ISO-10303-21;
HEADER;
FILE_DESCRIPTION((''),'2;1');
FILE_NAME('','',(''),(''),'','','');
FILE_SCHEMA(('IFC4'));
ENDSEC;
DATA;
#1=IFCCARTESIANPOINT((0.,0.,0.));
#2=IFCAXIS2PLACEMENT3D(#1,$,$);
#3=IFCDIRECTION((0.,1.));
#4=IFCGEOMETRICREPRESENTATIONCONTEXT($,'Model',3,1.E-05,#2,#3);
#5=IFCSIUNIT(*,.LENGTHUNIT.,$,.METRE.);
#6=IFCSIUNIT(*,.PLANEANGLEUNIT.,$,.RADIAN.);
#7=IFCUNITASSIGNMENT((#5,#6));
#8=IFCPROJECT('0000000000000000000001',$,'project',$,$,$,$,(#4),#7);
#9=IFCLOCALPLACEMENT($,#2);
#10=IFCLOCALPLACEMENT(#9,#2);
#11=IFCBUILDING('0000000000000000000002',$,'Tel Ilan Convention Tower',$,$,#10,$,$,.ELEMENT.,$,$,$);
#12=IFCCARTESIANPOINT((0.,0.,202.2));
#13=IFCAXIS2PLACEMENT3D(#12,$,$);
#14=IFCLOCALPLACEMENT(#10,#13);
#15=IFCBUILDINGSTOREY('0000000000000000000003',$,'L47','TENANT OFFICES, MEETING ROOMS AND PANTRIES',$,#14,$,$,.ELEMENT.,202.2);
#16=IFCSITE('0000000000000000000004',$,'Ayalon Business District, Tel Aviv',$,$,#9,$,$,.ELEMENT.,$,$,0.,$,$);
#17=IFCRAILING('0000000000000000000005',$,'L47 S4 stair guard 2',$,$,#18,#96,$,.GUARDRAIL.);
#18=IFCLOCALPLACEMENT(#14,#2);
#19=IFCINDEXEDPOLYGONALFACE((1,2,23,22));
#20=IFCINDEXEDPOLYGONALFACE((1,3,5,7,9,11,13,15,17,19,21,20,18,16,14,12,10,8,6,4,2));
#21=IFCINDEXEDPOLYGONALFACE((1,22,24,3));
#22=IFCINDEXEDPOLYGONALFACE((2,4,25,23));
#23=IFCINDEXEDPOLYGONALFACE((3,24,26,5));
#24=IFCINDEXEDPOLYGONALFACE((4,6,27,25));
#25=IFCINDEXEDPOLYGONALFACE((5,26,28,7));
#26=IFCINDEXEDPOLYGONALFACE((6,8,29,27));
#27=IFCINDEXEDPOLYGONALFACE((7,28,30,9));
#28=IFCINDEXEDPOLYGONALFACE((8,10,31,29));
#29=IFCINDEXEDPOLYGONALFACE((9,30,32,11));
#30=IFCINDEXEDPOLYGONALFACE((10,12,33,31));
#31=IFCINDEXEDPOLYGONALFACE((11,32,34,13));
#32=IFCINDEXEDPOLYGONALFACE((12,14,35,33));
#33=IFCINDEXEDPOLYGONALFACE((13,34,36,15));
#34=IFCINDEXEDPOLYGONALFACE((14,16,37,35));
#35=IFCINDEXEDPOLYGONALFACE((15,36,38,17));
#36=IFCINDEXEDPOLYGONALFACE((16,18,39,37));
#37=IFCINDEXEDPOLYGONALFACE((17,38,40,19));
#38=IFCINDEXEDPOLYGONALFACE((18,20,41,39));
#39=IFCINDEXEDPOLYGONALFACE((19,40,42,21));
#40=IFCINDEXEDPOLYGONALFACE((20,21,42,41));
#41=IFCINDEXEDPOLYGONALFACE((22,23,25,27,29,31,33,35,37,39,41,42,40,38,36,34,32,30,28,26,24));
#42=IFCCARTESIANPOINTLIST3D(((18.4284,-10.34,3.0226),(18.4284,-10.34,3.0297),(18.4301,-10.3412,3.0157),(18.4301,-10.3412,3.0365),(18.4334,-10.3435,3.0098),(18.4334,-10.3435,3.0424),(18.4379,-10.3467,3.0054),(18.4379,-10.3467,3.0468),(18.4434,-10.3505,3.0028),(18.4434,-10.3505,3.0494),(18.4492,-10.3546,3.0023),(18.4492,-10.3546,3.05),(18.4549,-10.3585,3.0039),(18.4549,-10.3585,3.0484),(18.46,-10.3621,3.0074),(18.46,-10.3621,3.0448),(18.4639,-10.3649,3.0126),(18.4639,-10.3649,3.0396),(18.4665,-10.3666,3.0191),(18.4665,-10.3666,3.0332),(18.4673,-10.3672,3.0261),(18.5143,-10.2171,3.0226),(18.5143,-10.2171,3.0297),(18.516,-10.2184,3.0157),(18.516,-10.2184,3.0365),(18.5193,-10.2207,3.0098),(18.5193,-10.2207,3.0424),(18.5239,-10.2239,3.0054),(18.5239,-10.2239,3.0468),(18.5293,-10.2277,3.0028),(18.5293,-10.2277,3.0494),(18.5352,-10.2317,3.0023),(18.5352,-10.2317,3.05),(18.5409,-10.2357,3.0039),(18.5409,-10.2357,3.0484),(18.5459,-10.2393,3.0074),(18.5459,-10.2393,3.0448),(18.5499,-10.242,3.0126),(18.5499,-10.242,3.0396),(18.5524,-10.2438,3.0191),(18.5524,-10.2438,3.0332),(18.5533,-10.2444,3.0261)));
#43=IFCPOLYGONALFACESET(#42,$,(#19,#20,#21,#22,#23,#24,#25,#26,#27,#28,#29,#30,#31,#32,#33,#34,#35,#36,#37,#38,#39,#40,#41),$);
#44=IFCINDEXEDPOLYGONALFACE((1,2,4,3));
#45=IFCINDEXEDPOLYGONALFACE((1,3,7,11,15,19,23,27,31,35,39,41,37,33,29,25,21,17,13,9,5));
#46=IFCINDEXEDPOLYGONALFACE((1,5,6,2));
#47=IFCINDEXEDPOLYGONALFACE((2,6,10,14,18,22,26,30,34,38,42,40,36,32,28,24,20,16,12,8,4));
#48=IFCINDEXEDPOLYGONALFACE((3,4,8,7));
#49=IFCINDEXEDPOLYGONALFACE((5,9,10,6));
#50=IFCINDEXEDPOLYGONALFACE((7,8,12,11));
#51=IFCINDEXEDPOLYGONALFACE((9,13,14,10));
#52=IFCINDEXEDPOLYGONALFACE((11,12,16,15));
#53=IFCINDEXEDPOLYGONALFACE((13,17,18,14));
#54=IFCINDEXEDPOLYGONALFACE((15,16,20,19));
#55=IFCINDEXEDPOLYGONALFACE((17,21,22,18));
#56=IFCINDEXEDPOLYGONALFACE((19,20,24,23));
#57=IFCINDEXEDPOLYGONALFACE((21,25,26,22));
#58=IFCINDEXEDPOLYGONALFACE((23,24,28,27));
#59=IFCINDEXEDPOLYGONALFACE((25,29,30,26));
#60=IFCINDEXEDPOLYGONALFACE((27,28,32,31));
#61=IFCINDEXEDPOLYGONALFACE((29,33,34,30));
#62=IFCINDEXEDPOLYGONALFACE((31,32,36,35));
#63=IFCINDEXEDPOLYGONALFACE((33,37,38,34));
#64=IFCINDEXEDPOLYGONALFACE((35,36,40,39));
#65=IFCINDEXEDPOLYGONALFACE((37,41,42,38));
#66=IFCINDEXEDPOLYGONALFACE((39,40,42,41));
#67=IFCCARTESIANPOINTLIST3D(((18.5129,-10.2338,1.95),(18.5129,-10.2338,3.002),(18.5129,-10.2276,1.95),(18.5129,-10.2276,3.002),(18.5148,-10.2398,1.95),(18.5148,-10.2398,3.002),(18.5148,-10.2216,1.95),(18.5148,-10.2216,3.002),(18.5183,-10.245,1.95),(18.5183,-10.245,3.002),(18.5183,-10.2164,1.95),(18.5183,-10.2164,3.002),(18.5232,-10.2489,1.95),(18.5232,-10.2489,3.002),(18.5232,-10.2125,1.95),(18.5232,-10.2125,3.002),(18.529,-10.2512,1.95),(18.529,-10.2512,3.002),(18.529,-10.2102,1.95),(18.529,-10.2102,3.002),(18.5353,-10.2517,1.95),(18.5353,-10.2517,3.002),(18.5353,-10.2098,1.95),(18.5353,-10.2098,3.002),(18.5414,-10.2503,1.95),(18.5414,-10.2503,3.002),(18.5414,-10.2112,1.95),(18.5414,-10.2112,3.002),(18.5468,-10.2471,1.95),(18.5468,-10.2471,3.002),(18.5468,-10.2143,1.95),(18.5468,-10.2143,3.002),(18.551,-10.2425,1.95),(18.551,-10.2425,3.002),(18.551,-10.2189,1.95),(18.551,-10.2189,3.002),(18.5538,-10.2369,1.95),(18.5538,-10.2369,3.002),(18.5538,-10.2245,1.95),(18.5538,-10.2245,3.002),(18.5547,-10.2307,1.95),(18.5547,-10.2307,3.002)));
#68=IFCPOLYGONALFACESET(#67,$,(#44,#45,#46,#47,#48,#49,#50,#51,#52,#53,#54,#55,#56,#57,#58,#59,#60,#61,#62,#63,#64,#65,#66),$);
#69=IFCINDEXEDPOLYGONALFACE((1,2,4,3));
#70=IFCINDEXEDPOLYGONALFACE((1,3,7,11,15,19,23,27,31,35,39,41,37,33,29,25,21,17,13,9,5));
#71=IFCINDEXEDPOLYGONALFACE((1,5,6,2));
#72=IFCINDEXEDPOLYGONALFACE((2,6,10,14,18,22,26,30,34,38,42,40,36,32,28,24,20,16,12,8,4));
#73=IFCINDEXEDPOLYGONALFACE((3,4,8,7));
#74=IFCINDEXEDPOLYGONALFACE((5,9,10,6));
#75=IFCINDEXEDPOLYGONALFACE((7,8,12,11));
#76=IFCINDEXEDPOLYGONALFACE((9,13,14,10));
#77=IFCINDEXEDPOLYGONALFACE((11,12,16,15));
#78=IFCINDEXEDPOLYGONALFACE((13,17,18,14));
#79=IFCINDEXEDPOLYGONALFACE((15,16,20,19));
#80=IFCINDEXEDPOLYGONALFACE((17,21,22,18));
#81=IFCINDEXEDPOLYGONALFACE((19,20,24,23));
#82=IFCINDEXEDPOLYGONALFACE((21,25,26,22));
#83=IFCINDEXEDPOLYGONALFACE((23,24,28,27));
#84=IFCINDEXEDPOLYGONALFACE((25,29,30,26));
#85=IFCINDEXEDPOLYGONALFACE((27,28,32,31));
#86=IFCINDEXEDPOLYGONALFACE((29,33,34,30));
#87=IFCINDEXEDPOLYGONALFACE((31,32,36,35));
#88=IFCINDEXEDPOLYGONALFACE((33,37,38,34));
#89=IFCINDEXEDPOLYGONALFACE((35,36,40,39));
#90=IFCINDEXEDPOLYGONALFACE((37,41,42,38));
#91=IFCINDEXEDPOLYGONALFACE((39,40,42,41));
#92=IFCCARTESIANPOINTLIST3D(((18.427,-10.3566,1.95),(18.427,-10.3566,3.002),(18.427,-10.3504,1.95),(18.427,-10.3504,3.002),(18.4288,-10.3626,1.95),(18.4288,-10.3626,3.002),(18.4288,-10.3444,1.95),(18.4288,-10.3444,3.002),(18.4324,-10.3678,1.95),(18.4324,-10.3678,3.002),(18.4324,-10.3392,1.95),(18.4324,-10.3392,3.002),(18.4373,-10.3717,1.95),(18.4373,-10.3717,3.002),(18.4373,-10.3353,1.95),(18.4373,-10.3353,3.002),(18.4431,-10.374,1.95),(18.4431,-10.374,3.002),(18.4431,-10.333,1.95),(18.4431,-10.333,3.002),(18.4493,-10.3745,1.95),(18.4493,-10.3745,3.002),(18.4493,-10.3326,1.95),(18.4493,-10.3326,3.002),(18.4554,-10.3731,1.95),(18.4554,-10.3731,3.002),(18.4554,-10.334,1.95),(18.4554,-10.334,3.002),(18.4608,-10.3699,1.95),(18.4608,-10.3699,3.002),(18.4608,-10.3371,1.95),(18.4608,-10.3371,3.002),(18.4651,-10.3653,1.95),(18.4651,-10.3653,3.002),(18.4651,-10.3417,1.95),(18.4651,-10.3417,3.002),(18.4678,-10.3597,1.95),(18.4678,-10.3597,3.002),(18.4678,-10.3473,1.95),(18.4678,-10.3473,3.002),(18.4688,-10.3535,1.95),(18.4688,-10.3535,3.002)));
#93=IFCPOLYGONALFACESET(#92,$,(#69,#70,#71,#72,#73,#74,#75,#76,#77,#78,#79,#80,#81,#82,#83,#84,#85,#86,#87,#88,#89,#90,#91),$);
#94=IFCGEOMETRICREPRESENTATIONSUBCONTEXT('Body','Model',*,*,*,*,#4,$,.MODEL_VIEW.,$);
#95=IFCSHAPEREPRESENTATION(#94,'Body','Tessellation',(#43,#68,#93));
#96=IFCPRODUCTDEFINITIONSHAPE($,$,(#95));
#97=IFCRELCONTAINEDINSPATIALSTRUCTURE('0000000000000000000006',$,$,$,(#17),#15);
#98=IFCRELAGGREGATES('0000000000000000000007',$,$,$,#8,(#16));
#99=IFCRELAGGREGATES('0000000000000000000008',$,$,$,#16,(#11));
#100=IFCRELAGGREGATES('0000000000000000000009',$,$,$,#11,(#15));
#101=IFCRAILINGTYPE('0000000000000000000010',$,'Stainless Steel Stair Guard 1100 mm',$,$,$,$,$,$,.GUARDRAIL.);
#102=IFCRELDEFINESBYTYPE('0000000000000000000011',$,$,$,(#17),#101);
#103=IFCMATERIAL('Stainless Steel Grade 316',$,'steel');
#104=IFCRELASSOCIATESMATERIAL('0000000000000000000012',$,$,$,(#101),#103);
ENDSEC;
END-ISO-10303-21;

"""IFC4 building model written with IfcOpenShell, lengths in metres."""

from ifc_helpers import new_model, si_unit, direction, frame, origin, origin_2d, place, context, subcontext, project, spatial, circle, extrude, material, type_object, element, save


model = new_model("IFC4")

# Units and contexts
model_context = context("Model", 3, precision=1e-05, world=origin(), true_north=direction((0.0, 1.0)))
body_context = subcontext(model_context, "Body", "Model", "MODEL_VIEW")
ifc_project = project(units=[si_unit("LENGTHUNIT", "METRE"), si_unit("PLANEANGLEUNIT", "RADIAN")], contexts=[model_context])

# Site, building, storey
site_placement = place(None, origin())
site = spatial("IfcSite", under=ifc_project, at=site_placement, Name="Ayalon Business District, Tel Aviv", CompositionType="ELEMENT", RefElevation=0.0)
building_placement = place(site_placement, origin())
building = spatial("IfcBuilding", under=site, at=building_placement, Name="Tel Ilan Convention Tower", CompositionType="ELEMENT")
storey_placement = place(building_placement, frame((0.0, 0.0, 202.2)))
storey = spatial("IfcBuildingStorey", under=building, at=storey_placement, Name="L47", Description="TENANT OFFICES, MEETING ROOMS AND PANTRIES", CompositionType="ELEMENT", Elevation=202.2)

# Railing
ifc_material_1 = material(Name="Stainless Steel Grade 316", Category="steel")
railing_type_1 = type_object("IfcRailingType", Name="Stainless Steel Stair Guard 1100 mm", PredefinedType="GUARDRAIL", material=ifc_material_1)
railing_1_placement = place(storey_placement, frame((18.5337, -10.2307, 1.95)))
element("IfcRailing", 1, at=railing_1_placement, inside=storey, type_object=railing_type_1, Name="L47 S4 stair guard 2", PredefinedType="GUARDRAIL", context=body_context, shape_type="SweptSolid", body=[
    extrude(circle(Radius=0.0239, at=origin_2d()), frame((0.0, 0.0, 1.0762), z_axis=(-0.573353, -0.819308, 0.0), x_axis=(0.819308, -0.573353, 0.0)), (0.0, 0.0, 1.0), 0.1499),
    extrude(circle(Radius=0.021, at=origin_2d()), origin(), (0.0, 0.0, 1.0), 1.052),
    extrude(circle(Radius=0.021, at=origin_2d()), frame((-0.0859, -0.1228, 0.0)), (0.0, 0.0, 1.0), 1.052),
])

save(model, "model.ifc")
